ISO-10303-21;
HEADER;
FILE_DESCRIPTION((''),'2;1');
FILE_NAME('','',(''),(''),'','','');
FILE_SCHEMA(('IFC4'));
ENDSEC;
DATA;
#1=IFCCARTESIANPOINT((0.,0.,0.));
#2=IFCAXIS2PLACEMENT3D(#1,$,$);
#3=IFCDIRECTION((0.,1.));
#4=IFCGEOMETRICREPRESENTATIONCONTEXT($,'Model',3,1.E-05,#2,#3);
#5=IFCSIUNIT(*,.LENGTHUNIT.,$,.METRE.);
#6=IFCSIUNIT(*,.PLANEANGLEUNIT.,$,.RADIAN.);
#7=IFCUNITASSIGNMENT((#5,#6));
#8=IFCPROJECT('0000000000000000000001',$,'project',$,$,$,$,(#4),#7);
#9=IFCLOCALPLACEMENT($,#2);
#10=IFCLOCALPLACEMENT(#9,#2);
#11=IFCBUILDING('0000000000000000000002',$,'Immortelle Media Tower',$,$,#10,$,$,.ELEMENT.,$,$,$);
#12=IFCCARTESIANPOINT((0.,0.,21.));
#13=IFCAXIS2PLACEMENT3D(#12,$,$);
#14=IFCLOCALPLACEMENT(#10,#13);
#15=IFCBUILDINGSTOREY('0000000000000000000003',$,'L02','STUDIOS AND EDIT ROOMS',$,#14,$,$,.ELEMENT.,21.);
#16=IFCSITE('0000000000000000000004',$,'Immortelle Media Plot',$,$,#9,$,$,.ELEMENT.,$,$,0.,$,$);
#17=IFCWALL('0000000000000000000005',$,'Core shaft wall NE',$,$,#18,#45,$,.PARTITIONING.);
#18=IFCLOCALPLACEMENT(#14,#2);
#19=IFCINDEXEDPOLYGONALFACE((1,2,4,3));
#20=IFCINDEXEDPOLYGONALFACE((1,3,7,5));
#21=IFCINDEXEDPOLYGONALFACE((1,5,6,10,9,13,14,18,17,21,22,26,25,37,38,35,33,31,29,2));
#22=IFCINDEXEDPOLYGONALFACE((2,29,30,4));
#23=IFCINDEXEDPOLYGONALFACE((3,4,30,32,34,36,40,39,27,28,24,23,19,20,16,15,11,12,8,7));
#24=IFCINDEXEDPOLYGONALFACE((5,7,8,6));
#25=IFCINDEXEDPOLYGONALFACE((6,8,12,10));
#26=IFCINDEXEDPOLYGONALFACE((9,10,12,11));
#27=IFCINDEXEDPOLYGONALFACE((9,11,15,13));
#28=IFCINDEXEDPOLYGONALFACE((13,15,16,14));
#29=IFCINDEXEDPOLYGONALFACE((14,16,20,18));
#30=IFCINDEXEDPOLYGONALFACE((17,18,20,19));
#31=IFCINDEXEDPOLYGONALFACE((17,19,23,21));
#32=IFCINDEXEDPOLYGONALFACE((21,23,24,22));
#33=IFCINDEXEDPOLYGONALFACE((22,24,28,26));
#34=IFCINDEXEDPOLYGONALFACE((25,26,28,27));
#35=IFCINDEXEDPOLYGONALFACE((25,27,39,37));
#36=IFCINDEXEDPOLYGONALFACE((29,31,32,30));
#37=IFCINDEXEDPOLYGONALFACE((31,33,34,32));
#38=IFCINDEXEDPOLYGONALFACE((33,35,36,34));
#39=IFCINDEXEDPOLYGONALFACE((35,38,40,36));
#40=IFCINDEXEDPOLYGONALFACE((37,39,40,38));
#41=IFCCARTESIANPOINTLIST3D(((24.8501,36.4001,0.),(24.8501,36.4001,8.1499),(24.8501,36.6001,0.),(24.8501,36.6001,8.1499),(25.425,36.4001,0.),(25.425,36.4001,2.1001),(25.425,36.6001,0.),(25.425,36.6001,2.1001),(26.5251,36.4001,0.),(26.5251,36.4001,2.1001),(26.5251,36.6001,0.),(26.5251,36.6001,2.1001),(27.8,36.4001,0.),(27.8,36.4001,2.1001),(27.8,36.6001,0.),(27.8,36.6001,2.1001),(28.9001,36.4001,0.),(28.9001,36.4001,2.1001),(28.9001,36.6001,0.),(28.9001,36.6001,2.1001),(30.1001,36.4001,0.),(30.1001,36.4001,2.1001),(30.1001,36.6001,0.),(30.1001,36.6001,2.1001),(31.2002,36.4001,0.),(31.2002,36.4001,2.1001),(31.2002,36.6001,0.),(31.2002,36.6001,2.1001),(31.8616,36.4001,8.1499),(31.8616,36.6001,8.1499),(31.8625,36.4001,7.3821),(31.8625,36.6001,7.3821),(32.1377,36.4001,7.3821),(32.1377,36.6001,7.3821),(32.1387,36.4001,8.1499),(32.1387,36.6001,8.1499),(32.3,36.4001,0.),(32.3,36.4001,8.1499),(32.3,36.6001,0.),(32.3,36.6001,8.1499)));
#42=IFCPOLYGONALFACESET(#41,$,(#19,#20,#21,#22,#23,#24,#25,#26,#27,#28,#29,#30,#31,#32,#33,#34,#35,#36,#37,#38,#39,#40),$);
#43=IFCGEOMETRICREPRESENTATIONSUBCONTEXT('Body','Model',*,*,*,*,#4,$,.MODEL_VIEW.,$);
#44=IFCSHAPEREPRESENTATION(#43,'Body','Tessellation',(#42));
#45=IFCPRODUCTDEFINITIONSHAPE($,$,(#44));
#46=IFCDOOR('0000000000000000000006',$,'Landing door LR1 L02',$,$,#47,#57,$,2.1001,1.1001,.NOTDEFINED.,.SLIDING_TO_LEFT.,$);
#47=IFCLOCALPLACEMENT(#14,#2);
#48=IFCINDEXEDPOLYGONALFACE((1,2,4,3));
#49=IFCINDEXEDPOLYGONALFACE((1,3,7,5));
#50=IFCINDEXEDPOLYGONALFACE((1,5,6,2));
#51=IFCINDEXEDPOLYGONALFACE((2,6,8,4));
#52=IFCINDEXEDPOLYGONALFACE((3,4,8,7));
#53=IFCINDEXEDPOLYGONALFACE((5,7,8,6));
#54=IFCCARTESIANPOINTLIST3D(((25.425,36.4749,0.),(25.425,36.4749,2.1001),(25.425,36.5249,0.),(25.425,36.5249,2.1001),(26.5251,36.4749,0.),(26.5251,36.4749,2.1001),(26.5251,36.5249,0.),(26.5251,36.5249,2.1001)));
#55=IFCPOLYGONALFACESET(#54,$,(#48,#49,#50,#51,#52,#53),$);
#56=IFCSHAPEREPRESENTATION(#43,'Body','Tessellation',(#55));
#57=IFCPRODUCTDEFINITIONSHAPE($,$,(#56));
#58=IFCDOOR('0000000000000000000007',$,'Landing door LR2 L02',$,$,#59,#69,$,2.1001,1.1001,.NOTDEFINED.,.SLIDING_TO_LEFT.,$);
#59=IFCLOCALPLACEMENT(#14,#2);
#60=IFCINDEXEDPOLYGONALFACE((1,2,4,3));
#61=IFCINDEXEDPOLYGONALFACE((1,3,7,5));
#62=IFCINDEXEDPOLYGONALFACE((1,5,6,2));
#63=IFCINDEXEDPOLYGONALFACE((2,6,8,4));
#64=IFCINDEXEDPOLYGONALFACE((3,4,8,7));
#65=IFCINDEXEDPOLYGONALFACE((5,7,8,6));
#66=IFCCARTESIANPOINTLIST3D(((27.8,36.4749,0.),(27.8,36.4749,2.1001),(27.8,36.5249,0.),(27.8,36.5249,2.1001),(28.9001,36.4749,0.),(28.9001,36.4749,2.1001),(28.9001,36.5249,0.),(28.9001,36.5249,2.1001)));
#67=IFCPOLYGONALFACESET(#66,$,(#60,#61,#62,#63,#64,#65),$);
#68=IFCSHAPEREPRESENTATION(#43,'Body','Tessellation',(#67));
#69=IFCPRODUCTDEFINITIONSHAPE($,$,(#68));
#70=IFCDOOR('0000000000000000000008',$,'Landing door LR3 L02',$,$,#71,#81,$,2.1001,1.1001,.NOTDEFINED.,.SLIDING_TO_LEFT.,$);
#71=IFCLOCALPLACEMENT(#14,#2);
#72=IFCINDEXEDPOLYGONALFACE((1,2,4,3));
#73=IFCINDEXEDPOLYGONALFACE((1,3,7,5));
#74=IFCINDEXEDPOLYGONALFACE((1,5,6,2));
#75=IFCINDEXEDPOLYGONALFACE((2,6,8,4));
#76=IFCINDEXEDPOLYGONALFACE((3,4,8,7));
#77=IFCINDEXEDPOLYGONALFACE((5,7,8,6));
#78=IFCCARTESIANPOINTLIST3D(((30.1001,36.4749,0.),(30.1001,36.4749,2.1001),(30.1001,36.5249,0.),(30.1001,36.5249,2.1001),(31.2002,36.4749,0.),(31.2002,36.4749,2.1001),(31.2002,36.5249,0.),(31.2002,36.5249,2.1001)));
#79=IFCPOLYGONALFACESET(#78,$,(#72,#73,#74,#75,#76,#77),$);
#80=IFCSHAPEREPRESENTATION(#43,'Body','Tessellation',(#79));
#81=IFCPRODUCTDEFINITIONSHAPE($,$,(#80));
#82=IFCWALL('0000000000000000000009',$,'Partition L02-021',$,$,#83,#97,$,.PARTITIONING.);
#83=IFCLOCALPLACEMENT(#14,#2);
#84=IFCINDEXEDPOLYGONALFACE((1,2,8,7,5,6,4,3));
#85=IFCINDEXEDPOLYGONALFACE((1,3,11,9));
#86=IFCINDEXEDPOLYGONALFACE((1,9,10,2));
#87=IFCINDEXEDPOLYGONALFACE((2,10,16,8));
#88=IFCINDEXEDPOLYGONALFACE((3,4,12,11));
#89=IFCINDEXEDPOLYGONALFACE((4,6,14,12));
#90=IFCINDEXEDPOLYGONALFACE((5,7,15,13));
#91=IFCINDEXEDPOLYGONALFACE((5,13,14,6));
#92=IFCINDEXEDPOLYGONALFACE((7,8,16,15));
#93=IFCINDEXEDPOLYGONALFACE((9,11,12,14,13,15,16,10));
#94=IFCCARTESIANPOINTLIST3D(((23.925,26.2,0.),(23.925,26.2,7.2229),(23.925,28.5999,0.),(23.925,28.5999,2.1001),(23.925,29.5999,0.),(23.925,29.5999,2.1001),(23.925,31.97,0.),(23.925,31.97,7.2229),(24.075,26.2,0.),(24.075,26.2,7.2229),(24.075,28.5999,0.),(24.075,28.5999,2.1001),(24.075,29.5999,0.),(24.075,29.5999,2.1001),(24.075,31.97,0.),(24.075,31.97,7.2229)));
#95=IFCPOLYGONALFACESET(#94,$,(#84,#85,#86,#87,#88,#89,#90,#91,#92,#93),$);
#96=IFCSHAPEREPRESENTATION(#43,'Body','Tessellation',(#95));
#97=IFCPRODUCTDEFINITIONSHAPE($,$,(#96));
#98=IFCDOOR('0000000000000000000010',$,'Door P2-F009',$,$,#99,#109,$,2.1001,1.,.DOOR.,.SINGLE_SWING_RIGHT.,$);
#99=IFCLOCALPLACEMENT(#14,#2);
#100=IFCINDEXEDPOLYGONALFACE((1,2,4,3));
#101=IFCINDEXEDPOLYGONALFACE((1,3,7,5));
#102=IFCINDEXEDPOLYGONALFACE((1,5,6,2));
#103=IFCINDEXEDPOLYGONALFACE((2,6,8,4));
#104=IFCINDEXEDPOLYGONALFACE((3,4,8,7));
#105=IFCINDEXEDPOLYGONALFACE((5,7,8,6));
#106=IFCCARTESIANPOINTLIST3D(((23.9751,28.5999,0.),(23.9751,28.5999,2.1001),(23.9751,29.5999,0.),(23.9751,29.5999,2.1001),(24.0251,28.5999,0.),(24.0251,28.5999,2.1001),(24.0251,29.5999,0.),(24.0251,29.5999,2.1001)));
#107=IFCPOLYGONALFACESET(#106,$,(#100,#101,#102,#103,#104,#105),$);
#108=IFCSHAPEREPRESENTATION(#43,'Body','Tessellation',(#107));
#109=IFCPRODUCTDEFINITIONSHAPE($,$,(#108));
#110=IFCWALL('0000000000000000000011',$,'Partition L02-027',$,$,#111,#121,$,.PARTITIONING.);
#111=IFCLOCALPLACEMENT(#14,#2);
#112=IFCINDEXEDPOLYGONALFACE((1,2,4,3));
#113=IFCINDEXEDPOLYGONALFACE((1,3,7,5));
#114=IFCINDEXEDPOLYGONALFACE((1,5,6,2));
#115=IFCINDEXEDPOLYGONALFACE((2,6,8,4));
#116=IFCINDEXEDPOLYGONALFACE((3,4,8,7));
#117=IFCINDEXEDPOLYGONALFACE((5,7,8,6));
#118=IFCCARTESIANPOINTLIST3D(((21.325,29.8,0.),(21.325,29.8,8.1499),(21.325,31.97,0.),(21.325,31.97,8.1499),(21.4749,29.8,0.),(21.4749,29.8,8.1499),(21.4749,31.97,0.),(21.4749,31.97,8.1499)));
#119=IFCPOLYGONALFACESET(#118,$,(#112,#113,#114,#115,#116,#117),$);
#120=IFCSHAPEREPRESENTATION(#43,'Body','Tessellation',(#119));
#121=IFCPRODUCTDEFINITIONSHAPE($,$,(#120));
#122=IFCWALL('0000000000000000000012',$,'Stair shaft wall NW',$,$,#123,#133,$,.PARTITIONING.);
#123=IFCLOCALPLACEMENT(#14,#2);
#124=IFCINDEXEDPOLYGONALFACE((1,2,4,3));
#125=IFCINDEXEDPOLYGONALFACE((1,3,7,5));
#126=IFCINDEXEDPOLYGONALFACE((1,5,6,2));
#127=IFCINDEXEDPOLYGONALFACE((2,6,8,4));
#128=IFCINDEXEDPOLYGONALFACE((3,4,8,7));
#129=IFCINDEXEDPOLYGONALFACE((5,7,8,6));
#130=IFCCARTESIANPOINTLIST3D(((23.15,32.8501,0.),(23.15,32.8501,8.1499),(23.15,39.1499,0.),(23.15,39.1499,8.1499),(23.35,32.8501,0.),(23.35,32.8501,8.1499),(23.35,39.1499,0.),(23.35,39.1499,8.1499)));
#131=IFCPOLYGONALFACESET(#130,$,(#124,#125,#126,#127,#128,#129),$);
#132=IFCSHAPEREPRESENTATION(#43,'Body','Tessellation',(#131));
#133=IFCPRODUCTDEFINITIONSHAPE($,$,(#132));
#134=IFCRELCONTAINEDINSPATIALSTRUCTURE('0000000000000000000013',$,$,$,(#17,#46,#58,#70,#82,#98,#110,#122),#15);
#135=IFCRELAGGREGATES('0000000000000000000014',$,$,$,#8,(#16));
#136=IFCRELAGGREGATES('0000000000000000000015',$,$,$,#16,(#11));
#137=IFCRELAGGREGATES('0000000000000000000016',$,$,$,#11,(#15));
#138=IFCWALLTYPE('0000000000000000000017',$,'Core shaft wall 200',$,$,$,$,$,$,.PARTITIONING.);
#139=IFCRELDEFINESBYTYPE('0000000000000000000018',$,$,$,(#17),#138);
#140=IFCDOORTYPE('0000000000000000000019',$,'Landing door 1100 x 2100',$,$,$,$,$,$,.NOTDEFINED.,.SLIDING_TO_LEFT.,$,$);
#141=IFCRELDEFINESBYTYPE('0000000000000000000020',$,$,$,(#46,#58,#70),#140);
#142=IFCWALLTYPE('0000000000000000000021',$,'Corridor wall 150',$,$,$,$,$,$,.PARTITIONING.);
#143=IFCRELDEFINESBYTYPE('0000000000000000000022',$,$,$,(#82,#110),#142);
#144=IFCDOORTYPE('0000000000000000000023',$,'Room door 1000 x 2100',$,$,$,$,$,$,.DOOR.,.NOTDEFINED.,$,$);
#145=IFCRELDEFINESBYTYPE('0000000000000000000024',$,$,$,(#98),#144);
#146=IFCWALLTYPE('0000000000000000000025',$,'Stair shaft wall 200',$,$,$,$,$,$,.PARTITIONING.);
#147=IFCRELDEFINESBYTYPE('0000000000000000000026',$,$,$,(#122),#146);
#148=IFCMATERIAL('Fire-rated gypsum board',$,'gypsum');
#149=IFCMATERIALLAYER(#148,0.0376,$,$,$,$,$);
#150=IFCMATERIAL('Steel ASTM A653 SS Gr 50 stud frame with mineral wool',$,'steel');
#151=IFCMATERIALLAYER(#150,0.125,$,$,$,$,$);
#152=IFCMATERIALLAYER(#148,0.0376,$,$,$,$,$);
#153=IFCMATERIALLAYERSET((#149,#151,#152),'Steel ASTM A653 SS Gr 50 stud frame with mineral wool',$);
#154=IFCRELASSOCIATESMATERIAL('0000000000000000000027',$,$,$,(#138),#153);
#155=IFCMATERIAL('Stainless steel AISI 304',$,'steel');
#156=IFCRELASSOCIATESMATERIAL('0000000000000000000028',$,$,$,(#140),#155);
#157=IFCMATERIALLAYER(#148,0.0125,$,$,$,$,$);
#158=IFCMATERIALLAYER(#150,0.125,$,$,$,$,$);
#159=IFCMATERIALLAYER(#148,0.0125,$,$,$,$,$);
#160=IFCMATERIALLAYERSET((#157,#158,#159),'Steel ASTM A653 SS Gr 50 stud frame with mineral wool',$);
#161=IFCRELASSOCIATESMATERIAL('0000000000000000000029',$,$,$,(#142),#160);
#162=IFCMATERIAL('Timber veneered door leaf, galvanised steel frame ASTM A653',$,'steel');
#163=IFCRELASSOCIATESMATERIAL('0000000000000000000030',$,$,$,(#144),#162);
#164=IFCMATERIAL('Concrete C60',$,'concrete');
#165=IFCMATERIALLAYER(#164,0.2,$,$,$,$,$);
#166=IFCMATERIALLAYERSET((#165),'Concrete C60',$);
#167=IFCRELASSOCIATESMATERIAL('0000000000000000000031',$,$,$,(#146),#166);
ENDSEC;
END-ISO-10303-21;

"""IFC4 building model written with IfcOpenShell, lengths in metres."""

from ifc_helpers import new_model, si_unit, direction, frame, frame_2d, origin, place, context, subcontext, project, spatial, polyline, rectangle, outline, extrude, material, layer, layer_set, type_object, element, fill, save


model = new_model("IFC4")

# Units and contexts
model_context = context("Model", 3, precision=1e-05, world=origin(), true_north=direction((0.0, 1.0)))
body_context = subcontext(model_context, "Body", "Model", "MODEL_VIEW")
ifc_project = project(units=[si_unit("LENGTHUNIT", "METRE"), si_unit("PLANEANGLEUNIT", "RADIAN")], contexts=[model_context])

# Site, building, storey
site_placement = place(None, origin())
site = spatial("IfcSite", under=ifc_project, at=site_placement, Name="Immortelle Media Plot", CompositionType="ELEMENT", RefElevation=0.0)
building_placement = place(site_placement, origin())
building = spatial("IfcBuilding", under=site, at=building_placement, Name="Immortelle Media Tower", CompositionType="ELEMENT")
storey_placement = place(building_placement, frame((0.0, 0.0, 21.0)))
storey = spatial("IfcBuildingStorey", under=building, at=storey_placement, Name="L02", Description="STUDIOS AND EDIT ROOMS", CompositionType="ELEMENT", Elevation=21.0)

# Shared definitions
ifc_material_1 = material(Name="Fire-rated gypsum board", Category="gypsum")
ifc_material_2 = material(Name="Steel ASTM A653 SS Gr 50 stud frame with mineral wool", Category="steel")

# Shared definitions
ifc_layer_1 = layer(ifc_material_1, 0.0376)
ifc_layer_2 = layer(ifc_material_2, 0.125)
ifc_layer_3 = layer(ifc_material_1, 0.0376)
ifc_layer_set_1 = layer_set([ifc_layer_1, ifc_layer_2, ifc_layer_3], Name="Steel ASTM A653 SS Gr 50 stud frame with mineral wool")
wall_type_1 = type_object("IfcWallType", Name="Core shaft wall 200", PredefinedType="PARTITIONING", material=ifc_layer_set_1)

# Wall, openings, doors
wall_1_placement = place(storey_placement, frame((24.8501, 36.5, 0.0), z_axis=(0.0, 0.0, 1.0), x_axis=(1.0, 0.0, 0.0)))
wall_1 = element("IfcWall", 1, at=wall_1_placement, inside=storey, type_object=wall_type_1, Name="Core shaft wall NE", PredefinedType="PARTITIONING", context=body_context, shape_type="SweptSolid", body=[
    extrude(outline(polyline([(0.0, 0.0), (7.45, 0.0), (7.45, 8.1499), (7.2886, 8.1499), (7.2876, 7.3821), (7.0125, 7.3821), (7.0115, 8.1499), (0.0, 8.1499), (0.0, 0.0)])), frame((0.0, 0.1001, 0.0), z_axis=(0.0, -1.0, 0.0), x_axis=(1.0, 0.0, 0.0)), (0.0, 0.0, 1.0), 0.2),
])
opening_1_placement = place(wall_1_placement, frame((0.575, 0.0, 0.0)))
opening_1 = element("IfcOpeningElement", 2, at=opening_1_placement, cuts=wall_1, PredefinedType="OPENING", context=body_context, shape_type="SweptSolid", body=[
    extrude(rectangle(XDim=1.1001, YDim=2.1001, at=frame_2d((0.55, 1.05))), frame((0.0, 0.1099, 0.0), z_axis=(0.0, -1.0, 0.0), x_axis=(1.0, 0.0, 0.0)), (0.0, 0.0, 1.0), 0.22),
])
opening_2_placement = place(wall_1_placement, frame((2.95, 0.0, 0.0)))
opening_2 = element("IfcOpeningElement", 3, at=opening_2_placement, cuts=wall_1, PredefinedType="OPENING", context=body_context, shape_type="SweptSolid", body=[
    extrude(rectangle(XDim=1.1001, YDim=2.1001, at=frame_2d((0.55, 1.05))), frame((0.0, 0.1099, 0.0), z_axis=(0.0, -1.0, 0.0), x_axis=(1.0, 0.0, 0.0)), (0.0, 0.0, 1.0), 0.22),
])
opening_3_placement = place(wall_1_placement, frame((5.25, 0.0, 0.0)))
opening_3 = element("IfcOpeningElement", 4, at=opening_3_placement, cuts=wall_1, PredefinedType="OPENING", context=body_context, shape_type="SweptSolid", body=[
    extrude(rectangle(XDim=1.1001, YDim=2.1001, at=frame_2d((0.55, 1.05))), frame((0.0, 0.1099, 0.0), z_axis=(0.0, -1.0, 0.0), x_axis=(1.0, 0.0, 0.0)), (0.0, 0.0, 1.0), 0.22),
])
ifc_material_3 = material(Name="Stainless steel AISI 304", Category="steel")
door_type_1 = type_object("IfcDoorType", Name="Landing door 1100 x 2100", OperationType="SLIDING_TO_LEFT", PredefinedType="NOTDEFINED", material=ifc_material_3)
door_1_placement = place(opening_1_placement, origin())
door_1 = element("IfcDoor", 5, at=door_1_placement, inside=storey, type_object=door_type_1, Name="Landing door LR1 L02", OperationType="SLIDING_TO_LEFT", OverallHeight=2.1001, OverallWidth=1.1001, PredefinedType="NOTDEFINED", context=body_context, shape_type="SweptSolid", body=[
    extrude(rectangle(XDim=1.1001, YDim=2.1001, at=frame_2d((0.55, 1.05))), frame((0.0, 0.0249, 0.0), z_axis=(0.0, -1.0, 0.0), x_axis=(1.0, 0.0, 0.0)), (0.0, 0.0, 1.0), 0.05),
])
fill(opening_1, door_1)
door_2_placement = place(opening_2_placement, origin())
door_2 = element("IfcDoor", 6, at=door_2_placement, inside=storey, type_object=door_type_1, Name="Landing door LR2 L02", OperationType="SLIDING_TO_LEFT", OverallHeight=2.1001, OverallWidth=1.1001, PredefinedType="NOTDEFINED", context=body_context, shape_type="SweptSolid", body=[
    extrude(rectangle(XDim=1.1001, YDim=2.1001, at=frame_2d((0.55, 1.05))), frame((0.0, 0.0249, 0.0), z_axis=(0.0, -1.0, 0.0), x_axis=(1.0, 0.0, 0.0)), (0.0, 0.0, 1.0), 0.05),
])
fill(opening_2, door_2)
door_3_placement = place(opening_3_placement, origin())
door_3 = element("IfcDoor", 7, at=door_3_placement, inside=storey, type_object=door_type_1, Name="Landing door LR3 L02", OperationType="SLIDING_TO_LEFT", OverallHeight=2.1001, OverallWidth=1.1001, PredefinedType="NOTDEFINED", context=body_context, shape_type="SweptSolid", body=[
    extrude(rectangle(XDim=1.1001, YDim=2.1001, at=frame_2d((0.55, 1.05))), frame((0.0, 0.0249, 0.0), z_axis=(0.0, -1.0, 0.0), x_axis=(1.0, 0.0, 0.0)), (0.0, 0.0, 1.0), 0.05),
])
fill(opening_3, door_3)

# Wall, opening, door
ifc_layer_4 = layer(ifc_material_1, 0.0125)
ifc_layer_5 = layer(ifc_material_2, 0.125)
ifc_layer_6 = layer(ifc_material_1, 0.0125)
ifc_layer_set_2 = layer_set([ifc_layer_4, ifc_layer_5, ifc_layer_6], Name="Steel ASTM A653 SS Gr 50 stud frame with mineral wool")
wall_type_2 = type_object("IfcWallType", Name="Corridor wall 150", PredefinedType="PARTITIONING", material=ifc_layer_set_2)
wall_2_placement = place(storey_placement, frame((24.0, 26.2, 0.0), z_axis=(0.0, 0.0, 1.0), x_axis=(0.0, 1.0, 0.0)))
wall_2 = element("IfcWall", 8, at=wall_2_placement, inside=storey, type_object=wall_type_2, Name="Partition L02-021", PredefinedType="PARTITIONING", context=body_context, shape_type="SweptSolid", body=[
    extrude(rectangle(XDim=5.77, YDim=0.1499, at=frame_2d((2.885, 0.0))), origin(), (0.0, 0.0, 1.0), 7.2229),
])
opening_4_placement = place(wall_2_placement, frame((2.3999, 0.0, 0.0)))
opening_4 = element("IfcOpeningElement", 9, at=opening_4_placement, cuts=wall_2, PredefinedType="OPENING", context=body_context, shape_type="SweptSolid", body=[
    extrude(rectangle(XDim=1.0, YDim=2.1001, at=frame_2d((0.5, 1.05))), frame((0.0, 0.085, 0.0), z_axis=(0.0, -1.0, 0.0), x_axis=(1.0, 0.0, 0.0)), (0.0, 0.0, 1.0), 0.1699),
])
ifc_material_4 = material(Name="Timber veneered door leaf, galvanised steel frame ASTM A653", Category="steel")
door_type_2 = type_object("IfcDoorType", Name="Room door 1000 x 2100", OperationType="NOTDEFINED", PredefinedType="DOOR", material=ifc_material_4)
door_4_placement = place(opening_4_placement, origin())
door_4 = element("IfcDoor", 10, at=door_4_placement, inside=storey, type_object=door_type_2, Name="Door P2-F009", OperationType="SINGLE_SWING_RIGHT", OverallHeight=2.1001, OverallWidth=1.0, PredefinedType="DOOR", context=body_context, shape_type="SweptSolid", body=[
    extrude(rectangle(XDim=1.0, YDim=2.1001, at=frame_2d((0.5, 1.05))), frame((0.0, 0.0249, 0.0), z_axis=(0.0, -1.0, 0.0), x_axis=(1.0, 0.0, 0.0)), (0.0, 0.0, 1.0), 0.05),
])
fill(opening_4, door_4)

# Walls
wall_3_placement = place(storey_placement, frame((21.3999, 29.8, 0.0), z_axis=(0.0, 0.0, 1.0), x_axis=(0.0, 1.0, 0.0)))
element("IfcWall", 11, at=wall_3_placement, inside=storey, type_object=wall_type_2, Name="Partition L02-027", PredefinedType="PARTITIONING", context=body_context, shape_type="SweptSolid", body=[
    extrude(rectangle(XDim=2.1699, YDim=0.1499, at=frame_2d((1.085, 0.0))), origin(), (0.0, 0.0, 1.0), 8.1499),
])
ifc_material_5 = material(Name="Concrete C60", Category="concrete")
ifc_layer_7 = layer(ifc_material_5, 0.2)
ifc_layer_set_3 = layer_set([ifc_layer_7], Name="Concrete C60")
wall_type_3 = type_object("IfcWallType", Name="Stair shaft wall 200", PredefinedType="PARTITIONING", material=ifc_layer_set_3)
wall_4_placement = place(storey_placement, frame((23.25, 32.8501, 0.0), z_axis=(0.0, 0.0, 1.0), x_axis=(0.0, 1.0, 0.0)))
element("IfcWall", 12, at=wall_4_placement, inside=storey, type_object=wall_type_3, Name="Stair shaft wall NW", PredefinedType="PARTITIONING", context=body_context, shape_type="SweptSolid", body=[
    extrude(rectangle(XDim=6.2998, YDim=0.2, at=frame_2d((3.1499, 0.0))), origin(), (0.0, 0.0, 1.0), 8.1499),
])

save(model, "model.ifc")
